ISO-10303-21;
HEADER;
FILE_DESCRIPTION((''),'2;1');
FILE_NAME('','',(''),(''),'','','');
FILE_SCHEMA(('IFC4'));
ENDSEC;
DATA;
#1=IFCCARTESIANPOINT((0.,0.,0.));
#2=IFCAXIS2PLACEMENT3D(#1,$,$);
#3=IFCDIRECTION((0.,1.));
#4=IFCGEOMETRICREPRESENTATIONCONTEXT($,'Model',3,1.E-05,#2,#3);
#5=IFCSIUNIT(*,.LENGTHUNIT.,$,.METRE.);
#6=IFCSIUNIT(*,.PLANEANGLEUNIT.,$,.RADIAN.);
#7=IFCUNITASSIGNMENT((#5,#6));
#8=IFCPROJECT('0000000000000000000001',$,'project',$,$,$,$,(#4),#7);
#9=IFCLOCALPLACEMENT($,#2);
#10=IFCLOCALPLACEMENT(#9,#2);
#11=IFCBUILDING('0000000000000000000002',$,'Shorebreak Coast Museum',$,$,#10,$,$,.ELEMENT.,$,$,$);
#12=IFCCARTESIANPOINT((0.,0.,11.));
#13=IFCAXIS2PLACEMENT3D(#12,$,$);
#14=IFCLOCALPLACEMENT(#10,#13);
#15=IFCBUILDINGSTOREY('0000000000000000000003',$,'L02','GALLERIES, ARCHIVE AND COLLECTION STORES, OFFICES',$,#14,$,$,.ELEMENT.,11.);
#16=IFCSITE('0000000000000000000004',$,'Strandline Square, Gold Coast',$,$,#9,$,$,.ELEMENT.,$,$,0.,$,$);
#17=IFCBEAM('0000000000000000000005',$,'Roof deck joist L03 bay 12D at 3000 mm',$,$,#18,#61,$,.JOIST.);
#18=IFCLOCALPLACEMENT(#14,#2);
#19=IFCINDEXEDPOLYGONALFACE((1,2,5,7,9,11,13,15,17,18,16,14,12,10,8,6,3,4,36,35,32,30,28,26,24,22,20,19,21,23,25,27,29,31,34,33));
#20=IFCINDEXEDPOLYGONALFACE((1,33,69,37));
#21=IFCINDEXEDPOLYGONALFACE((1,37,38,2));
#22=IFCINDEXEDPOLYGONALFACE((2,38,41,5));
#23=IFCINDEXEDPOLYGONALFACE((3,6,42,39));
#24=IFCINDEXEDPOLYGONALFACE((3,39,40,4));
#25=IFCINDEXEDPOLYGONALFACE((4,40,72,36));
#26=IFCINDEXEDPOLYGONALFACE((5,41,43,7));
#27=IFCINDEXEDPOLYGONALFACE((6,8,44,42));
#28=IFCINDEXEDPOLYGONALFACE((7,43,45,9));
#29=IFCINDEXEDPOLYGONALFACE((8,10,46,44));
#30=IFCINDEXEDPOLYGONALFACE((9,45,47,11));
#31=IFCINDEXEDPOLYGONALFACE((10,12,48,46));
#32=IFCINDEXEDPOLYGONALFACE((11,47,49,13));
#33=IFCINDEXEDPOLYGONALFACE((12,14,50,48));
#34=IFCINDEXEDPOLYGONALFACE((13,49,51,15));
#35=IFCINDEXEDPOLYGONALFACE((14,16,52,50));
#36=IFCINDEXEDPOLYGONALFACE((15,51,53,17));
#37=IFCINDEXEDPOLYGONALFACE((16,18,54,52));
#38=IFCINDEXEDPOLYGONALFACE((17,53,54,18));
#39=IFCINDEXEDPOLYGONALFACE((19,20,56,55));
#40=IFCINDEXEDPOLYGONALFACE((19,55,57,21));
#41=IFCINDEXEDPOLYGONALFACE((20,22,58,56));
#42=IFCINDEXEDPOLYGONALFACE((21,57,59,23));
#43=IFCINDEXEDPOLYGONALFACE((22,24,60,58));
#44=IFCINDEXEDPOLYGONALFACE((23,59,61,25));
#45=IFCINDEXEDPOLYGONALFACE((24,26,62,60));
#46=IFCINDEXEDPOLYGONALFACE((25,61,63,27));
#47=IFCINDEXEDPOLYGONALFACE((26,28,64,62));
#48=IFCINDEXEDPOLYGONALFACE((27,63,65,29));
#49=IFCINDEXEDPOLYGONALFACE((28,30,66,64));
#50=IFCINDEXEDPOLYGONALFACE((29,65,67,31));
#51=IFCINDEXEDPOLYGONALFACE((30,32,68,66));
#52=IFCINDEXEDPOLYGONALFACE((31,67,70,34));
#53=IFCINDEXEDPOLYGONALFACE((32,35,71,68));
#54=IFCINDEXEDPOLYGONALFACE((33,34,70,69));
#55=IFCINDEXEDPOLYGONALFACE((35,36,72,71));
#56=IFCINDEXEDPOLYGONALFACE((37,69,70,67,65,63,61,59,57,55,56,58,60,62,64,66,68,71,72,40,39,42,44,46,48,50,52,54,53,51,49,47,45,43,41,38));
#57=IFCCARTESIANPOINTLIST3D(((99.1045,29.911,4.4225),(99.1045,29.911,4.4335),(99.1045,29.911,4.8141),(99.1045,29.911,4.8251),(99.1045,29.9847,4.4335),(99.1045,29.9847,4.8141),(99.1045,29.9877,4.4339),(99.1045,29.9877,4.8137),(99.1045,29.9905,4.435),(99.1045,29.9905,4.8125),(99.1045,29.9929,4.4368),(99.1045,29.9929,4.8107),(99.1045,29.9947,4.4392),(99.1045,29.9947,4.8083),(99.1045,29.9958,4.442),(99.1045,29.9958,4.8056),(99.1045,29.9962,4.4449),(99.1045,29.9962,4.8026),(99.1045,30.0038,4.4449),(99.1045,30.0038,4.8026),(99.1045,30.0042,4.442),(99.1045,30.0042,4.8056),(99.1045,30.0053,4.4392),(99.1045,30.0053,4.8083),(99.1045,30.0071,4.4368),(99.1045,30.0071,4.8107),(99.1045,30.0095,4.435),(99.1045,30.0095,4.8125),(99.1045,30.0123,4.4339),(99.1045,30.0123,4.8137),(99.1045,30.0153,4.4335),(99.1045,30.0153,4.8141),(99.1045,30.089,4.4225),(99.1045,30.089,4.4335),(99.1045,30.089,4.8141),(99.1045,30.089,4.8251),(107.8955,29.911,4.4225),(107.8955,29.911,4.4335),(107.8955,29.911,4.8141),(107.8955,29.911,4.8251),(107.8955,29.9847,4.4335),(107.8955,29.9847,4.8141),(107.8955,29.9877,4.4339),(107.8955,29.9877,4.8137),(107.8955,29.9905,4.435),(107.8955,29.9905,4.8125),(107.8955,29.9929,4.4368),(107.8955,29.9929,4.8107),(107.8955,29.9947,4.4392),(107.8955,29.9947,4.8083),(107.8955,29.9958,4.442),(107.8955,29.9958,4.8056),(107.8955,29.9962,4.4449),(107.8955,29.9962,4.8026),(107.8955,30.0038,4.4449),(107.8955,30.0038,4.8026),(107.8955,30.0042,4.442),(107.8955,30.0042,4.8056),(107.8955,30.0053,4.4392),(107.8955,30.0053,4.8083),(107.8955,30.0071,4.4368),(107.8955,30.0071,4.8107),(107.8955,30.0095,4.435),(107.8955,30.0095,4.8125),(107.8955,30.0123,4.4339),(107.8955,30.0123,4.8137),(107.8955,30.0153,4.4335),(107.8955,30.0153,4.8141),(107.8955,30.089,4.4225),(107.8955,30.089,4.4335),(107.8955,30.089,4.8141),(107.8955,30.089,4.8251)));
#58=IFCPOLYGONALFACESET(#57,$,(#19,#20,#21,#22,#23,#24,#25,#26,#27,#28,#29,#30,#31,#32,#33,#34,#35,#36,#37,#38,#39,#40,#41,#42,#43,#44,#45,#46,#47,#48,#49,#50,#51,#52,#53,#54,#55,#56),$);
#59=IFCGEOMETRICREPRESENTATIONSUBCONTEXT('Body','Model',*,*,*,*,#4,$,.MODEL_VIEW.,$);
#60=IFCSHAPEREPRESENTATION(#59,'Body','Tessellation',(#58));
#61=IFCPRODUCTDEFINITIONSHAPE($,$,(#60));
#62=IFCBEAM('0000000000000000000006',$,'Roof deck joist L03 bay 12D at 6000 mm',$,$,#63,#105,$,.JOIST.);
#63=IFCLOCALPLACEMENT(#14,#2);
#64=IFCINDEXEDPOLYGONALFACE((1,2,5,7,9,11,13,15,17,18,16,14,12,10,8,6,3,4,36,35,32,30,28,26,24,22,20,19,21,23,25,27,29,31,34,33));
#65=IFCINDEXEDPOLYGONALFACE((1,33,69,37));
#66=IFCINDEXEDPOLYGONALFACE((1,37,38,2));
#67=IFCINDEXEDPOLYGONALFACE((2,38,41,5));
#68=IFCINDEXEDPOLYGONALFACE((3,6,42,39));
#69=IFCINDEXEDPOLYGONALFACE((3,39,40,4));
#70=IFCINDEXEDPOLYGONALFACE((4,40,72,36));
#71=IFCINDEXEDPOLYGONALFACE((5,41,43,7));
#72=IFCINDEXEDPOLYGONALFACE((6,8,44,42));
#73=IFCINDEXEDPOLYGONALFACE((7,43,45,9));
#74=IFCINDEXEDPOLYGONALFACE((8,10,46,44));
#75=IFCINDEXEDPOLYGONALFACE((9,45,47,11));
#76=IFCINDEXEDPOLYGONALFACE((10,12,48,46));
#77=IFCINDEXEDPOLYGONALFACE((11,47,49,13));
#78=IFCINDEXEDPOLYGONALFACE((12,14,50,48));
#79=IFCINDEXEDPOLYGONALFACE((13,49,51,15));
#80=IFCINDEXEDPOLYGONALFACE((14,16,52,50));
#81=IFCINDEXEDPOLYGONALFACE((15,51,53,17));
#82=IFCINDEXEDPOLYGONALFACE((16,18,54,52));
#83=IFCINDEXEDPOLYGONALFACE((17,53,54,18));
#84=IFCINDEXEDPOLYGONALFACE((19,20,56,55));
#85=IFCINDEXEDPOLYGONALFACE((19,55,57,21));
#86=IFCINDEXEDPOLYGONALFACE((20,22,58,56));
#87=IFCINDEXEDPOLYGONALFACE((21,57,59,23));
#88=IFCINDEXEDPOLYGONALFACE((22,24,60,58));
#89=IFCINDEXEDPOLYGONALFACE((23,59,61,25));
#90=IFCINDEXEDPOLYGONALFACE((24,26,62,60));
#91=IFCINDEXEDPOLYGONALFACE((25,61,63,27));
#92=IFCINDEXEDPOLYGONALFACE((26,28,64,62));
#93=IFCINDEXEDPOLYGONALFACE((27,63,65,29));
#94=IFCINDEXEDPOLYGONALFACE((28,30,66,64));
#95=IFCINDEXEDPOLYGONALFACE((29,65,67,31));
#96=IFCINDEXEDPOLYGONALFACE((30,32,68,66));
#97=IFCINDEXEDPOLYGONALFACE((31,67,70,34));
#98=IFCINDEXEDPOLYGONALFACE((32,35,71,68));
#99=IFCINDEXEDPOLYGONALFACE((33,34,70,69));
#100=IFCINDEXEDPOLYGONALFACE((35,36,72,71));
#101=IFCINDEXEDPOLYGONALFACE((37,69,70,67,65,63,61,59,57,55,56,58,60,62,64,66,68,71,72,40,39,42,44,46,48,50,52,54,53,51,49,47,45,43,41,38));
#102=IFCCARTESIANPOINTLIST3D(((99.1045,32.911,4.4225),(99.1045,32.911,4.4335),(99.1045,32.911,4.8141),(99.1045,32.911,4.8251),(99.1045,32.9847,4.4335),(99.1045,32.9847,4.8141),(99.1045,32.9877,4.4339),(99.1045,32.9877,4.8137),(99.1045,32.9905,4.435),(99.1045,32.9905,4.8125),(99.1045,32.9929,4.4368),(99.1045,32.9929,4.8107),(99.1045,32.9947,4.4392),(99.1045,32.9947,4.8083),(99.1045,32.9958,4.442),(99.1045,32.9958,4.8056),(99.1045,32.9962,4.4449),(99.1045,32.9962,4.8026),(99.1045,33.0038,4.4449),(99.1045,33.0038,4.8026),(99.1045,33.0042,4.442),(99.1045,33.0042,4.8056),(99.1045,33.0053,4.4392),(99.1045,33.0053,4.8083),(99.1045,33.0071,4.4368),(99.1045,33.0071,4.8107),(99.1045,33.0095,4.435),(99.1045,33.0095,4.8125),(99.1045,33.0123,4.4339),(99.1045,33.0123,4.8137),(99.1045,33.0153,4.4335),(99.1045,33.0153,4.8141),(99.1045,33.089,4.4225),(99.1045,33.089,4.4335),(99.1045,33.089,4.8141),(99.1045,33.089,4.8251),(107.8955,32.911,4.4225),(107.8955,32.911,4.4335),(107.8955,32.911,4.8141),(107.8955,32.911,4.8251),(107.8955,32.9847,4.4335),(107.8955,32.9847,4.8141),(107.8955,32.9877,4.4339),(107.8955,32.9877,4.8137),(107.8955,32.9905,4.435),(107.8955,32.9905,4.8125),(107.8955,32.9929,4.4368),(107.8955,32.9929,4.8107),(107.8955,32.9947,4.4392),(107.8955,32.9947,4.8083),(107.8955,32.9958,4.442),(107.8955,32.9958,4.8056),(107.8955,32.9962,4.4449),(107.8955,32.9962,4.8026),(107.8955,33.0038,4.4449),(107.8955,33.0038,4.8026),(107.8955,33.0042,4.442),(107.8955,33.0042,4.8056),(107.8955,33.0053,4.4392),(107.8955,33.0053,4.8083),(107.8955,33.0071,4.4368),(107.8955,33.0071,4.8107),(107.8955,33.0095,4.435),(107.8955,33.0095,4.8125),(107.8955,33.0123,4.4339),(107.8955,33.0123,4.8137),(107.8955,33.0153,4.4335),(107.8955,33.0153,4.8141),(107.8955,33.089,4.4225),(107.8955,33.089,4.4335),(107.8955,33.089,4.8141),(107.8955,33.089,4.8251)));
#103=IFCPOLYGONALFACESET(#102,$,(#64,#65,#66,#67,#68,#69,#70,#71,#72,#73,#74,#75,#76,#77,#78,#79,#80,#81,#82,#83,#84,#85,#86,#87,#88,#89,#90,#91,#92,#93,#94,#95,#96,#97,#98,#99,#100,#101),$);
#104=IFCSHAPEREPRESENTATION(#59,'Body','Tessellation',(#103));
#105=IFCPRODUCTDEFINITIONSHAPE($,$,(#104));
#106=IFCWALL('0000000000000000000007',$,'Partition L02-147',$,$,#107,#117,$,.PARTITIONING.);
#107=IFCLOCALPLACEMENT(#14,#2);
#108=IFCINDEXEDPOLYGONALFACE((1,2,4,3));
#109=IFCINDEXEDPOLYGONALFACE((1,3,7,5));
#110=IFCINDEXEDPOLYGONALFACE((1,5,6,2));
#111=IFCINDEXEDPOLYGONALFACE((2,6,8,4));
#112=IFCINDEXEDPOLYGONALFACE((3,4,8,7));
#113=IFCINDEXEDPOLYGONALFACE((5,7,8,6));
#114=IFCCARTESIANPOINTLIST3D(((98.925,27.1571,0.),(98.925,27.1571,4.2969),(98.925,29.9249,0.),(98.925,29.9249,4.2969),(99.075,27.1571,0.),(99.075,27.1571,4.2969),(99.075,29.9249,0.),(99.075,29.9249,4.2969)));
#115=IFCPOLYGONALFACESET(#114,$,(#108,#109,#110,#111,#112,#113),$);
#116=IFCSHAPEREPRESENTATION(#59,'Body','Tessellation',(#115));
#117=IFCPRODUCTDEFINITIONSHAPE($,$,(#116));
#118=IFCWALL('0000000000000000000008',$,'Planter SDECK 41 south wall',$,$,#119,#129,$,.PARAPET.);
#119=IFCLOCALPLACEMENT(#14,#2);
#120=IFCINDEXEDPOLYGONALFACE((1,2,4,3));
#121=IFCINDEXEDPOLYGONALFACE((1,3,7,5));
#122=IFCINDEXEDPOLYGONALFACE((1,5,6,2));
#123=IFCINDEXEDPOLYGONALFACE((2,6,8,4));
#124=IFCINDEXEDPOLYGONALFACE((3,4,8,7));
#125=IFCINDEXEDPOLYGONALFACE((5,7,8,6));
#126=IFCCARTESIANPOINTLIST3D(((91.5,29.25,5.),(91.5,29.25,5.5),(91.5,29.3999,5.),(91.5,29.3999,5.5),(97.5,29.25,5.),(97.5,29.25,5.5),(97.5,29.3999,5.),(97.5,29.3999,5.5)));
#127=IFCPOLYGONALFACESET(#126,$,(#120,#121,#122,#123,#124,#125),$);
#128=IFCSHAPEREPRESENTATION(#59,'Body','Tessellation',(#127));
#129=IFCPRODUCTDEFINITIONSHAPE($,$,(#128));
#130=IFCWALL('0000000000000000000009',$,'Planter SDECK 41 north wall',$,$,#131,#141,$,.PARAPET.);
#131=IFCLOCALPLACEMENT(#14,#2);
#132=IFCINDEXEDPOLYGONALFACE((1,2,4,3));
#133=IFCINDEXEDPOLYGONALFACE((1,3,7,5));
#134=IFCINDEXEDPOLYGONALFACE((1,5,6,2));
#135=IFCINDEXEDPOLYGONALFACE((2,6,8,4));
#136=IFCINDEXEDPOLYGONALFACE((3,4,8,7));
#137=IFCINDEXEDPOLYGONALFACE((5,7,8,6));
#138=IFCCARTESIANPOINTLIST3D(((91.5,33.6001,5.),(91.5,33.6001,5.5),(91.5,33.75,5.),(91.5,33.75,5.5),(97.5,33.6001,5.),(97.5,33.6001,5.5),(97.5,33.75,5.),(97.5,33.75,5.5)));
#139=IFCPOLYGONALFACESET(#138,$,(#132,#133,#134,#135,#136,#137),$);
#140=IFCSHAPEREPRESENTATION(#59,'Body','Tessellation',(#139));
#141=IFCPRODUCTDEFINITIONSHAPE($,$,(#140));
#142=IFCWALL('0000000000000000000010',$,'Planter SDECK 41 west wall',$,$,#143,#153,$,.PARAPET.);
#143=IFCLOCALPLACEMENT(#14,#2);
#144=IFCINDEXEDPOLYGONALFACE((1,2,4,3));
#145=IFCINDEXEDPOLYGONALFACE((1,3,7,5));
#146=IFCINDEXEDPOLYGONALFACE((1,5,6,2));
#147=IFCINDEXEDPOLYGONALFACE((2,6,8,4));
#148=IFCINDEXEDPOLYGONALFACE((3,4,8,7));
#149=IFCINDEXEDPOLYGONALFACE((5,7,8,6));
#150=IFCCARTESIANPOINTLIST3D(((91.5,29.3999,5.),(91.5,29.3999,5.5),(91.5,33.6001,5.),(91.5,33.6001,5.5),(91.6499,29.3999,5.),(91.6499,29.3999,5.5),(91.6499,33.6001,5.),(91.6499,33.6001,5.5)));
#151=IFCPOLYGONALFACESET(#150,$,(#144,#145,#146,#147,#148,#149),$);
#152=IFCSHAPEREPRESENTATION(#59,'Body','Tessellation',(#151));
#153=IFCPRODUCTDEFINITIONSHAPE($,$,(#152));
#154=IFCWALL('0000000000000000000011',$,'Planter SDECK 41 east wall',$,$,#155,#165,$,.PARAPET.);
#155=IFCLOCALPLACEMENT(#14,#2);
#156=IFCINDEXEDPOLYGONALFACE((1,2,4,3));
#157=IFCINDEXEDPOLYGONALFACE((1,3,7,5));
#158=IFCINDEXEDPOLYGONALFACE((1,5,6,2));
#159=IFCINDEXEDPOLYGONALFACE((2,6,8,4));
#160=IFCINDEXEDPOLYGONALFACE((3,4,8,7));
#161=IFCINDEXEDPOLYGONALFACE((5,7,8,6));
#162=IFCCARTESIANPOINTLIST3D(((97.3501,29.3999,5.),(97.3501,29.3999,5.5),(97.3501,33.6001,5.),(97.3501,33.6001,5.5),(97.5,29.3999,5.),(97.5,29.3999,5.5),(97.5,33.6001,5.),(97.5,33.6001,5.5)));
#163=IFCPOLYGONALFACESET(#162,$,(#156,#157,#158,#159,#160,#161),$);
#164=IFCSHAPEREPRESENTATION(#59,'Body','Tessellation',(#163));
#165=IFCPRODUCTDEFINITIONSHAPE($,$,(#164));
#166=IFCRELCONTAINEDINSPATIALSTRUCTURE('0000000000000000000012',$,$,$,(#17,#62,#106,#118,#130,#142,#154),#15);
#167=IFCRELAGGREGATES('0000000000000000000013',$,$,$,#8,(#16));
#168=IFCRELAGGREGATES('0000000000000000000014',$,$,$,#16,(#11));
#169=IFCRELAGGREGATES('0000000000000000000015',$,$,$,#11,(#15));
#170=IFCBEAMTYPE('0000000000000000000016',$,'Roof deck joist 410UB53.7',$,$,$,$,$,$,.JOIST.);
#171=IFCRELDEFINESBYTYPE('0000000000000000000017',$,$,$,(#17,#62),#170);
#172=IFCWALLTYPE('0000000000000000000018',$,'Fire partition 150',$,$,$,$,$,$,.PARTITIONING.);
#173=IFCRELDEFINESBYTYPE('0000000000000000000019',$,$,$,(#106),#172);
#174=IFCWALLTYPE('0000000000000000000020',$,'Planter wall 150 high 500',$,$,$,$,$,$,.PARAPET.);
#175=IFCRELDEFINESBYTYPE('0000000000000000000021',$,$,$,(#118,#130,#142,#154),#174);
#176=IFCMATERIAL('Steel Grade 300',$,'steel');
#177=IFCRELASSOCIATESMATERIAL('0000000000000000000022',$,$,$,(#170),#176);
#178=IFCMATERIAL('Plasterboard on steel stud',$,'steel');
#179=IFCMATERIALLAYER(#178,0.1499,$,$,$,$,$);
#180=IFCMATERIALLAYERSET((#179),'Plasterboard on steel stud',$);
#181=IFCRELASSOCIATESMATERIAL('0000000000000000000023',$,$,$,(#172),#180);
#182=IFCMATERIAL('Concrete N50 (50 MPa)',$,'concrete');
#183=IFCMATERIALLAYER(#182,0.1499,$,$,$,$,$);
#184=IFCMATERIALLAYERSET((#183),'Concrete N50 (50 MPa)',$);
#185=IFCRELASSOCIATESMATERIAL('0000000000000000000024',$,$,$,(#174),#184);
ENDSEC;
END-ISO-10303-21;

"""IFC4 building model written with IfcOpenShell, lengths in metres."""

from ifc_helpers import new_model, si_unit, direction, frame, frame_2d, origin, origin_2d, place, context, subcontext, project, spatial, rectangle, i_section, extrude, material, layer, layer_set, material_profile, profile_set, type_object, element, save


model = new_model("IFC4")

# Units and contexts
model_context = context("Model", 3, precision=1e-05, world=origin(), true_north=direction((0.0, 1.0)))
body_context = subcontext(model_context, "Body", "Model", "MODEL_VIEW")
ifc_project = project(units=[si_unit("LENGTHUNIT", "METRE"), si_unit("PLANEANGLEUNIT", "RADIAN")], contexts=[model_context])

# Site, building, storey
site_placement = place(None, origin())
site = spatial("IfcSite", under=ifc_project, at=site_placement, Name="Strandline Square, Gold Coast", CompositionType="ELEMENT", RefElevation=0.0)
building_placement = place(site_placement, origin())
building = spatial("IfcBuilding", under=site, at=building_placement, Name="Shorebreak Coast Museum", CompositionType="ELEMENT")
storey_placement = place(building_placement, frame((0.0, 0.0, 11.0)))
storey = spatial("IfcBuildingStorey", under=building, at=storey_placement, Name="L02", Description="GALLERIES, ARCHIVE AND COLLECTION STORES, OFFICES", CompositionType="ELEMENT", Elevation=11.0)

# Beams
ifc_material_1 = material(Name="Steel Grade 300", Category="steel")
ifc_material_profile_1 = material_profile(ifc_material_1, i_section(OverallWidth=0.178, OverallDepth=0.4026, WebThickness=0.0076, FlangeThickness=0.011, FilletRadius=0.0115, at=origin_2d()), Name="410UB53.7")
ifc_profile_set_1 = profile_set([ifc_material_profile_1], Name="Steel Grade 300")
beam_type_1 = type_object("IfcBeamType", Name="Roof deck joist 410UB53.7", PredefinedType="JOIST", material=ifc_profile_set_1)
for number, where, z_axis, x_axis, name in (
    (1, (99.1045, 30.0, 4.6238), (1.0, 0.0, 0.0), (0.0, 1.0, 0.0), "Roof deck joist L03 bay 12D at 3000 mm"),
    (2, (99.1045, 33.0, 4.6238), (1.0, 0.0, 0.0), (0.0, 1.0, 0.0), "Roof deck joist L03 bay 12D at 6000 mm"),
):
    element("IfcBeam", number, at=place(storey_placement, frame(where, z_axis=z_axis, x_axis=x_axis)), inside=storey, type_object=beam_type_1, Name=name, PredefinedType="JOIST", context=body_context, shape_type="SweptSolid", body=[
        extrude(i_section(OverallWidth=0.178, OverallDepth=0.4026, WebThickness=0.0076, FlangeThickness=0.011, FilletRadius=0.0115, at=origin_2d()), origin(), (0.0, 0.0, 1.0), 8.791),
    ])

# Walls
ifc_material_2 = material(Name="Plasterboard on steel stud", Category="steel")
ifc_layer_1 = layer(ifc_material_2, 0.1499)
ifc_layer_set_1 = layer_set([ifc_layer_1], Name="Plasterboard on steel stud")
wall_type_1 = type_object("IfcWallType", Name="Fire partition 150", PredefinedType="PARTITIONING", material=ifc_layer_set_1)
wall_placement = place(storey_placement, frame((99.0, 27.1572, 0.0), z_axis=(0.0, 0.0, 1.0), x_axis=(0.0, 1.0, 0.0)))
element("IfcWall", 3, at=wall_placement, inside=storey, type_object=wall_type_1, Name="Partition L02-147", PredefinedType="PARTITIONING", context=body_context, shape_type="SweptSolid", body=[
    extrude(rectangle(XDim=2.7678, YDim=0.1499, at=frame_2d((1.3838, 0.0))), origin(), (0.0, 0.0, 1.0), 4.2969),
])
ifc_material_3 = material(Name="Concrete N50 (50 MPa)", Category="concrete")
ifc_layer_2 = layer(ifc_material_3, 0.1499)
ifc_layer_set_2 = layer_set([ifc_layer_2], Name="Concrete N50 (50 MPa)")
wall_type_2 = type_object("IfcWallType", Name="Planter wall 150 high 500", PredefinedType="PARAPET", material=ifc_layer_set_2)
for number, where, z_axis, x_axis, name in (
    (4, (91.5, 29.325, 5.0), (0.0, 0.0, 1.0), (1.0, 0.0, 0.0), "Planter SDECK 41 south wall"),
    (5, (91.5, 33.675, 5.0), (0.0, 0.0, 1.0), (1.0, 0.0, 0.0), "Planter SDECK 41 north wall"),
):
    element("IfcWall", number, at=place(storey_placement, frame(where, z_axis=z_axis, x_axis=x_axis)), inside=storey, type_object=wall_type_2, Name=name, PredefinedType="PARAPET", context=body_context, shape_type="SweptSolid", body=[
        extrude(rectangle(XDim=6.0, YDim=0.1499, at=frame_2d((3.0, 0.0))), origin(), (0.0, 0.0, 1.0), 0.5),
    ])
for number, where, z_axis, x_axis, name in (
    (6, (91.575, 29.3999, 5.0), (0.0, 0.0, 1.0), (0.0, 1.0, 0.0), "Planter SDECK 41 west wall"),
    (7, (97.425, 29.3999, 5.0), (0.0, 0.0, 1.0), (0.0, 1.0, 0.0), "Planter SDECK 41 east wall"),
):
    element("IfcWall", number, at=place(storey_placement, frame(where, z_axis=z_axis, x_axis=x_axis)), inside=storey, type_object=wall_type_2, Name=name, PredefinedType="PARAPET", context=body_context, shape_type="SweptSolid", body=[
        extrude(rectangle(XDim=4.2002, YDim=0.1499, at=frame_2d((2.1001, 0.0))), origin(), (0.0, 0.0, 1.0), 0.5),
    ])

save(model, "model.ifc")
